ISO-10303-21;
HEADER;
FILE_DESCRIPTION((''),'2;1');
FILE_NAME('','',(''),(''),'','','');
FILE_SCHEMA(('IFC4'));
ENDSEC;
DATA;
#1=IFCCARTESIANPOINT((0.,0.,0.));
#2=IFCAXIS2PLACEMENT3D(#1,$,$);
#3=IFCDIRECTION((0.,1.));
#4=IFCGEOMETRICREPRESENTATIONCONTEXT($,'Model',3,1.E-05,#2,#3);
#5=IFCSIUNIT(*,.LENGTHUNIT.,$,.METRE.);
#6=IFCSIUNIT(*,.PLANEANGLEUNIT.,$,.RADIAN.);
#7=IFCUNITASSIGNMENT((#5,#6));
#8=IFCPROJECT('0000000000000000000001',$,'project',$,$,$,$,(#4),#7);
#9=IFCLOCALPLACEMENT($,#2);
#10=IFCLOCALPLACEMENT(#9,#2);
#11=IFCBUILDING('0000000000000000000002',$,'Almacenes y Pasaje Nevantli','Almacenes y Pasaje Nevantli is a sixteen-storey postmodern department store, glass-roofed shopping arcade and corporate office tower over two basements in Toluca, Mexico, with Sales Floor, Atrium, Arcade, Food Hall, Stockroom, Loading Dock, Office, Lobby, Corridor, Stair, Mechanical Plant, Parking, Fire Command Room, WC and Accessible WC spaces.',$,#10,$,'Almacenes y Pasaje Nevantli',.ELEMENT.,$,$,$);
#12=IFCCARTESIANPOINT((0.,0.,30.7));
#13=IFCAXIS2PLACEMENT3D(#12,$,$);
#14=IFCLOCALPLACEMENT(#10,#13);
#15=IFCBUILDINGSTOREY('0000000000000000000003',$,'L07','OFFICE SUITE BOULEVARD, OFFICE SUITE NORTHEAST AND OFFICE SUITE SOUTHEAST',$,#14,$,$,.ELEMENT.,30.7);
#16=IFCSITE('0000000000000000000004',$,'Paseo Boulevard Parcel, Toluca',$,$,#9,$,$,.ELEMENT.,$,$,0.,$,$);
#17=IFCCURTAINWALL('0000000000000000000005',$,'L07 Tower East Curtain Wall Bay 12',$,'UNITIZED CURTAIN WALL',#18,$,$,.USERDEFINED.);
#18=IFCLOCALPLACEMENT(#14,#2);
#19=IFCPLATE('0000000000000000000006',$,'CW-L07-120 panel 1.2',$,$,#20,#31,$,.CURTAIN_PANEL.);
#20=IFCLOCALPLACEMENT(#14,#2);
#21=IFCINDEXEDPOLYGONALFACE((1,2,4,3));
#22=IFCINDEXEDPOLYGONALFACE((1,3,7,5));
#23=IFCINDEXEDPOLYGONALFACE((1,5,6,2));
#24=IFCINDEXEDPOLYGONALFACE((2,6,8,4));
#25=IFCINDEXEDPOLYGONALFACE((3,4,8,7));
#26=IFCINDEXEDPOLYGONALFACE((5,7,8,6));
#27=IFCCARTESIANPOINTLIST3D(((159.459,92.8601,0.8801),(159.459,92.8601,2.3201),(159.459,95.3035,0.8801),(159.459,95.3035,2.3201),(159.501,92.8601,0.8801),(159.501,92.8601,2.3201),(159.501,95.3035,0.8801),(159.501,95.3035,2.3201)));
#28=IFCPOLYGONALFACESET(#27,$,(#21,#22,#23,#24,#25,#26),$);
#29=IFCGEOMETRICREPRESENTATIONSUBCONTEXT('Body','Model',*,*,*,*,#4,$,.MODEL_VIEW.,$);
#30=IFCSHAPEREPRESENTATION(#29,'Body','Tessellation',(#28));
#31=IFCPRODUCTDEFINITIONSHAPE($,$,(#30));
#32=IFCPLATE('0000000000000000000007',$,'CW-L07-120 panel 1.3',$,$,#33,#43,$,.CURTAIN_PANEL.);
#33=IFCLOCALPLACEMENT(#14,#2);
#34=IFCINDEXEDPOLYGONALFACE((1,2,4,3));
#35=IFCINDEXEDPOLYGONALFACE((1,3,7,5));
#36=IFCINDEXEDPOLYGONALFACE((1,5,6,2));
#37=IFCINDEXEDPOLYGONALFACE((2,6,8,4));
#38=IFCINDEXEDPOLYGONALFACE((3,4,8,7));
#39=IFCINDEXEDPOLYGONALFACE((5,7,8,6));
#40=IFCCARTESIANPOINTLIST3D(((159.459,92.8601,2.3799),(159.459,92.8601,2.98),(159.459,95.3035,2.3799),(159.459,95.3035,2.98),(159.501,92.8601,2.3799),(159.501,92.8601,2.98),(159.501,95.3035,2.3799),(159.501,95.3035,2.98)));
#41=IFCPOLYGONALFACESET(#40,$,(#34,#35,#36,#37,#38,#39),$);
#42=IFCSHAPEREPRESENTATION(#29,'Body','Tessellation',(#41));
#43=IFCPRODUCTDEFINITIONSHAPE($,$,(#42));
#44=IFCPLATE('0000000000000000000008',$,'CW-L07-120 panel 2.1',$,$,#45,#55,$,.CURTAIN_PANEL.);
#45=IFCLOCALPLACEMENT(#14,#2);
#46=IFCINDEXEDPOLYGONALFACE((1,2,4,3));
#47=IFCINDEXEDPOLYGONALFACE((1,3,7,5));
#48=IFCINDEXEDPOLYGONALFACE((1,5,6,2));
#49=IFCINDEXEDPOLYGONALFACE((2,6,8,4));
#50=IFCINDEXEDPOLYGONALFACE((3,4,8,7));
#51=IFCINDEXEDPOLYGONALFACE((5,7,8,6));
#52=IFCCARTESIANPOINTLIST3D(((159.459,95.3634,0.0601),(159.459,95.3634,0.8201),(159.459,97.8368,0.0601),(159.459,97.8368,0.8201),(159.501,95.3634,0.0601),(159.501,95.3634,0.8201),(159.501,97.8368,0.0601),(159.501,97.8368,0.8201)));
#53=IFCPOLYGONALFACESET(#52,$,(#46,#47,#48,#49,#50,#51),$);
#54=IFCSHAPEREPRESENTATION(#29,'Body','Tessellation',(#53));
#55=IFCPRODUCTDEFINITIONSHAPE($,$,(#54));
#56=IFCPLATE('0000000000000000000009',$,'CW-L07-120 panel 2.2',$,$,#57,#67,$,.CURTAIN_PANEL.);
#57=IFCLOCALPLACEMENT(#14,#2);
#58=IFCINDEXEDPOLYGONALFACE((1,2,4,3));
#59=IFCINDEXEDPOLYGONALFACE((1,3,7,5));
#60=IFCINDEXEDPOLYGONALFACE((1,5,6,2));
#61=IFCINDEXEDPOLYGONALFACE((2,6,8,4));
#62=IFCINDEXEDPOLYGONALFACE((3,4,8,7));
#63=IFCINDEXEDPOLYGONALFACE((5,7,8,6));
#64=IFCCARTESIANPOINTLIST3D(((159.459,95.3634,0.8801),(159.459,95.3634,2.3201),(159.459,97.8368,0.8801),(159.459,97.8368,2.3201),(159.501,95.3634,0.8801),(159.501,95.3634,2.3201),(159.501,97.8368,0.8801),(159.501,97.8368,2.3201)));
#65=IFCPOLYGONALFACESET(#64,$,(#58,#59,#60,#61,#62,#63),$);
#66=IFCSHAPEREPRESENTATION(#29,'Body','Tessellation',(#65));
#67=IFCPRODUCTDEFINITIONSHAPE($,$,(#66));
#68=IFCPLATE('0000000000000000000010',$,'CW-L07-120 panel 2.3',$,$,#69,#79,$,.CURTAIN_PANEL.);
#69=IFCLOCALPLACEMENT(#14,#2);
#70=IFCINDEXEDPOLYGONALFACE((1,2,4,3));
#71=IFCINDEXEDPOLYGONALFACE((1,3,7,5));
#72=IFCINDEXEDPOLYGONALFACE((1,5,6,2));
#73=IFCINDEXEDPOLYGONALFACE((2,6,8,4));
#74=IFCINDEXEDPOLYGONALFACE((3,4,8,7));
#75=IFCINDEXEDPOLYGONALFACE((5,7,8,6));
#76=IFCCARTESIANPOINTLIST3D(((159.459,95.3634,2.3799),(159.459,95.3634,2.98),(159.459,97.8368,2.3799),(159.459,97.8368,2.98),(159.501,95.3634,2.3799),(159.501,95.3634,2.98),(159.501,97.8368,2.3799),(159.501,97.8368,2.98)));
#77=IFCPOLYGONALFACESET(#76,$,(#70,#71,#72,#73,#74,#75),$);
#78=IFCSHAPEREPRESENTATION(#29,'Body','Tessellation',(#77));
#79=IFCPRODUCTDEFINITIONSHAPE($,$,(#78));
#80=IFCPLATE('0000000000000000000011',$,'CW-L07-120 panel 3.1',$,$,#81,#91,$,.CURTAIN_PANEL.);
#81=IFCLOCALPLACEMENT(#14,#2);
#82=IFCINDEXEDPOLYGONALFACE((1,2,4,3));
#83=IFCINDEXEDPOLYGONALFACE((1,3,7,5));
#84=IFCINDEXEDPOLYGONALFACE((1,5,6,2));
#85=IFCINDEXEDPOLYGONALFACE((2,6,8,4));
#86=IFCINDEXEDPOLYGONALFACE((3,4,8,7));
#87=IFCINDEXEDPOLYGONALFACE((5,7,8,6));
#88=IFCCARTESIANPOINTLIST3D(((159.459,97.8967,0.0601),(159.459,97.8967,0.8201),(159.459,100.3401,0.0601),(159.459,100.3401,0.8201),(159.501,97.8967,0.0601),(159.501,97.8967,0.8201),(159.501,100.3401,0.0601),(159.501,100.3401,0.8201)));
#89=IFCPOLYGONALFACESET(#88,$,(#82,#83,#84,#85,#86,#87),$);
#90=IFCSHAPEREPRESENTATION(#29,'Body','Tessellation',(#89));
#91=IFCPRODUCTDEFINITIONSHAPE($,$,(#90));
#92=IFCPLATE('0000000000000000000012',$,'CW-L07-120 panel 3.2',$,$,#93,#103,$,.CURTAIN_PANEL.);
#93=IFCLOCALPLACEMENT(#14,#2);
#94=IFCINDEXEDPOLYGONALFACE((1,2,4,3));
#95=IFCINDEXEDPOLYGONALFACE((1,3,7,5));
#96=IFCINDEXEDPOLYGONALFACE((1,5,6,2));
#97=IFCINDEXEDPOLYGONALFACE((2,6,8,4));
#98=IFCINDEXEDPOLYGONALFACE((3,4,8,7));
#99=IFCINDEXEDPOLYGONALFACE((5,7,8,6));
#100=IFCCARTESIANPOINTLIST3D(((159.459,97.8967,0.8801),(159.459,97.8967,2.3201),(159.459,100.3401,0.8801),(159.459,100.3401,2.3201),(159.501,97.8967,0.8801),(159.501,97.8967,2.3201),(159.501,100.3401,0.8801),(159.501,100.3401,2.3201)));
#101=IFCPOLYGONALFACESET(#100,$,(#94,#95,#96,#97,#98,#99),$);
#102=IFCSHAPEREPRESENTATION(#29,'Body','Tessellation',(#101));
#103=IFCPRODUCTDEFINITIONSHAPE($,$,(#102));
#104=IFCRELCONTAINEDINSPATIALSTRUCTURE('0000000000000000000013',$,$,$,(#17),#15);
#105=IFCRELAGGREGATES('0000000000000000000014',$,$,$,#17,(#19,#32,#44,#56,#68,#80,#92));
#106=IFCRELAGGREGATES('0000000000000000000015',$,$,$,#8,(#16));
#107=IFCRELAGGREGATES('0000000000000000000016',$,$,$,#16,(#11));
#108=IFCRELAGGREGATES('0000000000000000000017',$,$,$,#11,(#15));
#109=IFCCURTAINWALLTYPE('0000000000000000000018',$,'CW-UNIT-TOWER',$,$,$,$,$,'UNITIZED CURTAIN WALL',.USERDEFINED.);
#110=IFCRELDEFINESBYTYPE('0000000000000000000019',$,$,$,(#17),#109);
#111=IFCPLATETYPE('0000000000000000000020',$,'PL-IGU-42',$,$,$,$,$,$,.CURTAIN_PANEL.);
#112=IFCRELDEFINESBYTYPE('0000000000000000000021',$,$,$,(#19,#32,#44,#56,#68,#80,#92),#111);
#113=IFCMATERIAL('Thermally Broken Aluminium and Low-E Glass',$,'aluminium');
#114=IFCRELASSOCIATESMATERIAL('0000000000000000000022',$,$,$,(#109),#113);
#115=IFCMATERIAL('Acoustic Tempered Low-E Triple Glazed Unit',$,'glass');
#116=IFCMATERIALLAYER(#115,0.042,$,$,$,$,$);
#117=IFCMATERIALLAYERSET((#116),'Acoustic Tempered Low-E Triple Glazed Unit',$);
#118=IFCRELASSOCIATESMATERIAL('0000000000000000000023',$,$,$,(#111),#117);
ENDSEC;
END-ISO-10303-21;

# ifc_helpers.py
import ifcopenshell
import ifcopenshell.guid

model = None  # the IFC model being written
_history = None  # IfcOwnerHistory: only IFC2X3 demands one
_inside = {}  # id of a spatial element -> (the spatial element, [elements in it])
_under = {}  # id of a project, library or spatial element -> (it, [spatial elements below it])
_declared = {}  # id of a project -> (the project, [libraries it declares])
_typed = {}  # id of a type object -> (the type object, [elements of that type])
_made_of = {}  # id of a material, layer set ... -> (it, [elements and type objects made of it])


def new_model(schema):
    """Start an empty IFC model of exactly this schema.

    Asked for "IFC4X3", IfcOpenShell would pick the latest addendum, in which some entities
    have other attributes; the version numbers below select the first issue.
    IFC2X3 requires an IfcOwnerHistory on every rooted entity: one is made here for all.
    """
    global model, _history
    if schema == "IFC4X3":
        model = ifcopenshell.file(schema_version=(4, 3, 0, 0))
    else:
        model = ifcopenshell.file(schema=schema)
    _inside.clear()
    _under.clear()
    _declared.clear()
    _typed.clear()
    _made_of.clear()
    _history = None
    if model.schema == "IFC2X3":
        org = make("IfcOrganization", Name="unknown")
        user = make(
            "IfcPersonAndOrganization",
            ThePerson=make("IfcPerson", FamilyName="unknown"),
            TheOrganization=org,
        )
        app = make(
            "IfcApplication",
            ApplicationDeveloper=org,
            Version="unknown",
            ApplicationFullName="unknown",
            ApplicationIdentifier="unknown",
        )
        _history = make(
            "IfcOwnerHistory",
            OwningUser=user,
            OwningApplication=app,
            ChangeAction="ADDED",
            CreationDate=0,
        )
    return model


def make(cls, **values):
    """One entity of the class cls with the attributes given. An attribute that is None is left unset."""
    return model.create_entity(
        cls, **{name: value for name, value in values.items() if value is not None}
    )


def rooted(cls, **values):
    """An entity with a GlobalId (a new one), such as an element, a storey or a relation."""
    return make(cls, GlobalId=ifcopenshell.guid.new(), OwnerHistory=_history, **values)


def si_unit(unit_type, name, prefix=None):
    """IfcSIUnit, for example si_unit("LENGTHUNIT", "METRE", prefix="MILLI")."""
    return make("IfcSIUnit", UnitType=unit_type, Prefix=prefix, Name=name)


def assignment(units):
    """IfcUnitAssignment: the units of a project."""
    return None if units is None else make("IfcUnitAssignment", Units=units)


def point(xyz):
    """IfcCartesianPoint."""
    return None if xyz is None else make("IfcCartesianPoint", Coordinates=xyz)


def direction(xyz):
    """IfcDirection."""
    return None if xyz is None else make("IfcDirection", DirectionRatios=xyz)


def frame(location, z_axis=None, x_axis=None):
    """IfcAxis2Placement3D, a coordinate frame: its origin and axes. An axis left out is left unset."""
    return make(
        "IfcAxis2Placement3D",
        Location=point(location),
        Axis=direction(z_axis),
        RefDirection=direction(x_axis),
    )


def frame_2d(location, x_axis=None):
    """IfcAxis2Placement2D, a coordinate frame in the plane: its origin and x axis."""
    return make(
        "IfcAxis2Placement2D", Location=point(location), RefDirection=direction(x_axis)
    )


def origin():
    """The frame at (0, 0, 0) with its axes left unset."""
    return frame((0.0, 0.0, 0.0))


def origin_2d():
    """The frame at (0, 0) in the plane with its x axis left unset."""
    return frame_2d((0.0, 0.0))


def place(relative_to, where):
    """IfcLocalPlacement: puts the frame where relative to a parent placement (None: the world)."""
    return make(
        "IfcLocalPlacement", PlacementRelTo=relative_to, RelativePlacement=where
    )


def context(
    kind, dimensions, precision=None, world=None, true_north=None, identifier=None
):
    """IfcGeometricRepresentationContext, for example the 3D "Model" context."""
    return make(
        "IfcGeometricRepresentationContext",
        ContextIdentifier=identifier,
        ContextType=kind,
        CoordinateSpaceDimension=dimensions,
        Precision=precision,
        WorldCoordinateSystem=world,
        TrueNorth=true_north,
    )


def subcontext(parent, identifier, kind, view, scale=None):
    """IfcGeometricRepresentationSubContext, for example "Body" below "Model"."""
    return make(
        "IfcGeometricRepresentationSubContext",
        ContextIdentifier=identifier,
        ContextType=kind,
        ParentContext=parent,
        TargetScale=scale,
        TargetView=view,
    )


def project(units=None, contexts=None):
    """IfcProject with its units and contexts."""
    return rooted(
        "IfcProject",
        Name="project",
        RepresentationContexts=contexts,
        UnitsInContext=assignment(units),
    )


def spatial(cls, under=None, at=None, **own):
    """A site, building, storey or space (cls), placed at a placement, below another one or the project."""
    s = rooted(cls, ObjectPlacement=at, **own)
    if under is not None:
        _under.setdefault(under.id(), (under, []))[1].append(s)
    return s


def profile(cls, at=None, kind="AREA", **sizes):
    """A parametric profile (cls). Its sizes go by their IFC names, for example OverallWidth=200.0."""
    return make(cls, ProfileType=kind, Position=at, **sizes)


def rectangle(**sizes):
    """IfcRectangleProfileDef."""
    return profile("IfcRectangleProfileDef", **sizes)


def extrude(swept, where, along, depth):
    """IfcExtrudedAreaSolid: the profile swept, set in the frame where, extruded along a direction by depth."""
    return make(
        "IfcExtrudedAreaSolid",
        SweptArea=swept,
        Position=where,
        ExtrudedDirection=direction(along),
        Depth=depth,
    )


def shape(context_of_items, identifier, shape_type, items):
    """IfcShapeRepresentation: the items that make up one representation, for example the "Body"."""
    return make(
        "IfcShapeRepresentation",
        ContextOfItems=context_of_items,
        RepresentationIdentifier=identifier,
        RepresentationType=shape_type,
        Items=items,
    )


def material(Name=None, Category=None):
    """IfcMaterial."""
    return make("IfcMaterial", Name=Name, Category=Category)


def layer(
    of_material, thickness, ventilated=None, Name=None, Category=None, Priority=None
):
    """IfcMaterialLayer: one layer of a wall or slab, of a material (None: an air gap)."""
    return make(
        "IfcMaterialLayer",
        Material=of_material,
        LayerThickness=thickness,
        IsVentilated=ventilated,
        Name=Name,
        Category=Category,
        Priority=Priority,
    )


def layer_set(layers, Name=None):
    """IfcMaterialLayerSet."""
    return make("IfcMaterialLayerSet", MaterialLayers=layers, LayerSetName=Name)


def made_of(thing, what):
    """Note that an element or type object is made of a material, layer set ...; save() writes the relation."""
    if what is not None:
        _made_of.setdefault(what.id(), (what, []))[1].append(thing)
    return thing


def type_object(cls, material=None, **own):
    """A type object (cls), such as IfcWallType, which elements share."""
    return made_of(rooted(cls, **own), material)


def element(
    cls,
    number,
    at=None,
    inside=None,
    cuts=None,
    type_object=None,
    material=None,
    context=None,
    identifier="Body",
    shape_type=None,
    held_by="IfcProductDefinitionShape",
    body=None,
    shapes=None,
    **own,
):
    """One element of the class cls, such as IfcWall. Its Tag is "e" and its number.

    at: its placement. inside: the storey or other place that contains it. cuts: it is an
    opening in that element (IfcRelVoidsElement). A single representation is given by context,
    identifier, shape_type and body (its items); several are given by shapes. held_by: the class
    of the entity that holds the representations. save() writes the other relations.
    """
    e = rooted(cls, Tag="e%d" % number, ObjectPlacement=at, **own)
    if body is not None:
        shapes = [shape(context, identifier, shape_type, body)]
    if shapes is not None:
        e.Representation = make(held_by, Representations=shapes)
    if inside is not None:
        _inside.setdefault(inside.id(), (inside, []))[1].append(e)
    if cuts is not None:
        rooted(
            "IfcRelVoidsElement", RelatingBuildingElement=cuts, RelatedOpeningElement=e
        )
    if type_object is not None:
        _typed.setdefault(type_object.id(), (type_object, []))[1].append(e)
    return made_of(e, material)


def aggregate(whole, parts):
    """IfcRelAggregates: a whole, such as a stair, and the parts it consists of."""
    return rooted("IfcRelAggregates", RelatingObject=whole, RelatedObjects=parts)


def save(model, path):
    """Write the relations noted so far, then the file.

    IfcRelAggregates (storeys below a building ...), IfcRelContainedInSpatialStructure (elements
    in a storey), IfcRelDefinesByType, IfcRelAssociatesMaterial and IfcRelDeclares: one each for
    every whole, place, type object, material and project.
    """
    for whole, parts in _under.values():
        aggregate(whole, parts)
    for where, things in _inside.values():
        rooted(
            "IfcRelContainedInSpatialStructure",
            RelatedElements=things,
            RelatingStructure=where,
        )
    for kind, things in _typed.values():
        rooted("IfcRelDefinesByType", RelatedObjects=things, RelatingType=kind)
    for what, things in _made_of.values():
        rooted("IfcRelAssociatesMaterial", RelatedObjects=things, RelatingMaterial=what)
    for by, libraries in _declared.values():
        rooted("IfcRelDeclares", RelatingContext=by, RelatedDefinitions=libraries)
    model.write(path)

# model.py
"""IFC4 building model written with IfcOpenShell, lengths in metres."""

from ifc_helpers import new_model, si_unit, direction, frame, origin, origin_2d, place, context, subcontext, project, spatial, rectangle, extrude, material, layer, layer_set, type_object, element, aggregate, save


model = new_model("IFC4")

# Units and contexts
model_context = context("Model", 3, precision=1e-05, world=origin(), true_north=direction((0.0, 1.0)))
body_context = subcontext(model_context, "Body", "Model", "MODEL_VIEW")
ifc_project = project(units=[si_unit("LENGTHUNIT", "METRE"), si_unit("PLANEANGLEUNIT", "RADIAN")], contexts=[model_context])

# Site, building, storey
site_placement = place(None, origin())
site = spatial("IfcSite", under=ifc_project, at=site_placement, Name="Paseo Boulevard Parcel, Toluca", CompositionType="ELEMENT", RefElevation=0.0)
building_placement = place(site_placement, origin())
building = spatial("IfcBuilding", under=site, at=building_placement, Name="Almacenes y Pasaje Nevantli", Description="Almacenes y Pasaje Nevantli is a sixteen-storey postmodern department store, glass-roofed shopping arcade and corporate office tower over two basements in Toluca, Mexico, with Sales Floor, Atrium, Arcade, Food Hall, Stockroom, Loading Dock, Office, Lobby, Corridor, Stair, Mechanical Plant, Parking, Fire Command Room, WC and Accessible WC spaces.", LongName="Almacenes y Pasaje Nevantli", CompositionType="ELEMENT")
storey_placement = place(building_placement, frame((0.0, 0.0, 30.7)))
storey = spatial("IfcBuildingStorey", under=building, at=storey_placement, Name="L07", Description="OFFICE SUITE BOULEVARD, OFFICE SUITE NORTHEAST AND OFFICE SUITE SOUTHEAST", CompositionType="ELEMENT", Elevation=30.7)

# Curtain wall, plates
ifc_material_1 = material(Name="Thermally Broken Aluminium and Low-E Glass", Category="aluminium")
curtain_wall_type = type_object("IfcCurtainWallType", Name="CW-UNIT-TOWER", ElementType="UNITIZED CURTAIN WALL", PredefinedType="USERDEFINED", material=ifc_material_1)
curtain_wall_placement = place(storey_placement, origin())
curtain_wall = element("IfcCurtainWall", 1, at=curtain_wall_placement, inside=storey, type_object=curtain_wall_type, Name="L07 Tower East Curtain Wall Bay 12", ObjectType="UNITIZED CURTAIN WALL", PredefinedType="USERDEFINED")
ifc_material_2 = material(Name="Acoustic Tempered Low-E Triple Glazed Unit", Category="glass")
ifc_layer = layer(ifc_material_2, 0.042)
ifc_layer_set = layer_set([ifc_layer], Name="Acoustic Tempered Low-E Triple Glazed Unit")
plate_type = type_object("IfcPlateType", Name="PL-IGU-42", PredefinedType="CURTAIN_PANEL", material=ifc_layer_set)
plate_1_placement = place(storey_placement, frame((159.48, 94.0818, 0.8801), z_axis=(0.0, 0.0, 1.0), x_axis=(0.0, 1.0, 0.0)))
plate_1 = element("IfcPlate", 2, at=plate_1_placement, type_object=plate_type, Name="CW-L07-120 panel 1.2", PredefinedType="CURTAIN_PANEL", context=body_context, shape_type="SweptSolid", body=[
    extrude(rectangle(XDim=2.4434, YDim=0.042, at=origin_2d()), origin(), (0.0, 0.0, 1.0), 1.4399),
])
plate_2_placement = place(storey_placement, frame((159.48, 94.0818, 2.3799), z_axis=(0.0, 0.0, 1.0), x_axis=(0.0, 1.0, 0.0)))
plate_2 = element("IfcPlate", 3, at=plate_2_placement, type_object=plate_type, Name="CW-L07-120 panel 1.3", PredefinedType="CURTAIN_PANEL", context=body_context, shape_type="SweptSolid", body=[
    extrude(rectangle(XDim=2.4434, YDim=0.042, at=origin_2d()), origin(), (0.0, 0.0, 1.0), 0.6001),
])
plate_3_placement = place(storey_placement, frame((159.48, 96.6001, 0.0601), z_axis=(0.0, 0.0, 1.0), x_axis=(0.0, 1.0, 0.0)))
plate_3 = element("IfcPlate", 4, at=plate_3_placement, type_object=plate_type, Name="CW-L07-120 panel 2.1", PredefinedType="CURTAIN_PANEL", context=body_context, shape_type="SweptSolid", body=[
    extrude(rectangle(XDim=2.4734, YDim=0.042, at=origin_2d()), origin(), (0.0, 0.0, 1.0), 0.76),
])
plate_4_placement = place(storey_placement, frame((159.48, 96.6001, 0.8801), z_axis=(0.0, 0.0, 1.0), x_axis=(0.0, 1.0, 0.0)))
plate_4 = element("IfcPlate", 5, at=plate_4_placement, type_object=plate_type, Name="CW-L07-120 panel 2.2", PredefinedType="CURTAIN_PANEL", context=body_context, shape_type="SweptSolid", body=[
    extrude(rectangle(XDim=2.4734, YDim=0.042, at=origin_2d()), origin(), (0.0, 0.0, 1.0), 1.4399),
])
plate_5_placement = place(storey_placement, frame((159.48, 96.6001, 2.3799), z_axis=(0.0, 0.0, 1.0), x_axis=(0.0, 1.0, 0.0)))
plate_5 = element("IfcPlate", 6, at=plate_5_placement, type_object=plate_type, Name="CW-L07-120 panel 2.3", PredefinedType="CURTAIN_PANEL", context=body_context, shape_type="SweptSolid", body=[
    extrude(rectangle(XDim=2.4734, YDim=0.042, at=origin_2d()), origin(), (0.0, 0.0, 1.0), 0.6001),
])
plate_6_placement = place(storey_placement, frame((159.48, 99.1184, 0.0601), z_axis=(0.0, 0.0, 1.0), x_axis=(0.0, 1.0, 0.0)))
plate_6 = element("IfcPlate", 7, at=plate_6_placement, type_object=plate_type, Name="CW-L07-120 panel 3.1", PredefinedType="CURTAIN_PANEL", context=body_context, shape_type="SweptSolid", body=[
    extrude(rectangle(XDim=2.4434, YDim=0.042, at=origin_2d()), origin(), (0.0, 0.0, 1.0), 0.76),
])
plate_7_placement = place(storey_placement, frame((159.48, 99.1184, 0.8801), z_axis=(0.0, 0.0, 1.0), x_axis=(0.0, 1.0, 0.0)))
plate_7 = element("IfcPlate", 8, at=plate_7_placement, type_object=plate_type, Name="CW-L07-120 panel 3.2", PredefinedType="CURTAIN_PANEL", context=body_context, shape_type="SweptSolid", body=[
    extrude(rectangle(XDim=2.4434, YDim=0.042, at=origin_2d()), origin(), (0.0, 0.0, 1.0), 1.4399),
])
aggregate(curtain_wall, [plate_1, plate_2, plate_3, plate_4, plate_5, plate_6, plate_7])

save(model, "model.ifc")
